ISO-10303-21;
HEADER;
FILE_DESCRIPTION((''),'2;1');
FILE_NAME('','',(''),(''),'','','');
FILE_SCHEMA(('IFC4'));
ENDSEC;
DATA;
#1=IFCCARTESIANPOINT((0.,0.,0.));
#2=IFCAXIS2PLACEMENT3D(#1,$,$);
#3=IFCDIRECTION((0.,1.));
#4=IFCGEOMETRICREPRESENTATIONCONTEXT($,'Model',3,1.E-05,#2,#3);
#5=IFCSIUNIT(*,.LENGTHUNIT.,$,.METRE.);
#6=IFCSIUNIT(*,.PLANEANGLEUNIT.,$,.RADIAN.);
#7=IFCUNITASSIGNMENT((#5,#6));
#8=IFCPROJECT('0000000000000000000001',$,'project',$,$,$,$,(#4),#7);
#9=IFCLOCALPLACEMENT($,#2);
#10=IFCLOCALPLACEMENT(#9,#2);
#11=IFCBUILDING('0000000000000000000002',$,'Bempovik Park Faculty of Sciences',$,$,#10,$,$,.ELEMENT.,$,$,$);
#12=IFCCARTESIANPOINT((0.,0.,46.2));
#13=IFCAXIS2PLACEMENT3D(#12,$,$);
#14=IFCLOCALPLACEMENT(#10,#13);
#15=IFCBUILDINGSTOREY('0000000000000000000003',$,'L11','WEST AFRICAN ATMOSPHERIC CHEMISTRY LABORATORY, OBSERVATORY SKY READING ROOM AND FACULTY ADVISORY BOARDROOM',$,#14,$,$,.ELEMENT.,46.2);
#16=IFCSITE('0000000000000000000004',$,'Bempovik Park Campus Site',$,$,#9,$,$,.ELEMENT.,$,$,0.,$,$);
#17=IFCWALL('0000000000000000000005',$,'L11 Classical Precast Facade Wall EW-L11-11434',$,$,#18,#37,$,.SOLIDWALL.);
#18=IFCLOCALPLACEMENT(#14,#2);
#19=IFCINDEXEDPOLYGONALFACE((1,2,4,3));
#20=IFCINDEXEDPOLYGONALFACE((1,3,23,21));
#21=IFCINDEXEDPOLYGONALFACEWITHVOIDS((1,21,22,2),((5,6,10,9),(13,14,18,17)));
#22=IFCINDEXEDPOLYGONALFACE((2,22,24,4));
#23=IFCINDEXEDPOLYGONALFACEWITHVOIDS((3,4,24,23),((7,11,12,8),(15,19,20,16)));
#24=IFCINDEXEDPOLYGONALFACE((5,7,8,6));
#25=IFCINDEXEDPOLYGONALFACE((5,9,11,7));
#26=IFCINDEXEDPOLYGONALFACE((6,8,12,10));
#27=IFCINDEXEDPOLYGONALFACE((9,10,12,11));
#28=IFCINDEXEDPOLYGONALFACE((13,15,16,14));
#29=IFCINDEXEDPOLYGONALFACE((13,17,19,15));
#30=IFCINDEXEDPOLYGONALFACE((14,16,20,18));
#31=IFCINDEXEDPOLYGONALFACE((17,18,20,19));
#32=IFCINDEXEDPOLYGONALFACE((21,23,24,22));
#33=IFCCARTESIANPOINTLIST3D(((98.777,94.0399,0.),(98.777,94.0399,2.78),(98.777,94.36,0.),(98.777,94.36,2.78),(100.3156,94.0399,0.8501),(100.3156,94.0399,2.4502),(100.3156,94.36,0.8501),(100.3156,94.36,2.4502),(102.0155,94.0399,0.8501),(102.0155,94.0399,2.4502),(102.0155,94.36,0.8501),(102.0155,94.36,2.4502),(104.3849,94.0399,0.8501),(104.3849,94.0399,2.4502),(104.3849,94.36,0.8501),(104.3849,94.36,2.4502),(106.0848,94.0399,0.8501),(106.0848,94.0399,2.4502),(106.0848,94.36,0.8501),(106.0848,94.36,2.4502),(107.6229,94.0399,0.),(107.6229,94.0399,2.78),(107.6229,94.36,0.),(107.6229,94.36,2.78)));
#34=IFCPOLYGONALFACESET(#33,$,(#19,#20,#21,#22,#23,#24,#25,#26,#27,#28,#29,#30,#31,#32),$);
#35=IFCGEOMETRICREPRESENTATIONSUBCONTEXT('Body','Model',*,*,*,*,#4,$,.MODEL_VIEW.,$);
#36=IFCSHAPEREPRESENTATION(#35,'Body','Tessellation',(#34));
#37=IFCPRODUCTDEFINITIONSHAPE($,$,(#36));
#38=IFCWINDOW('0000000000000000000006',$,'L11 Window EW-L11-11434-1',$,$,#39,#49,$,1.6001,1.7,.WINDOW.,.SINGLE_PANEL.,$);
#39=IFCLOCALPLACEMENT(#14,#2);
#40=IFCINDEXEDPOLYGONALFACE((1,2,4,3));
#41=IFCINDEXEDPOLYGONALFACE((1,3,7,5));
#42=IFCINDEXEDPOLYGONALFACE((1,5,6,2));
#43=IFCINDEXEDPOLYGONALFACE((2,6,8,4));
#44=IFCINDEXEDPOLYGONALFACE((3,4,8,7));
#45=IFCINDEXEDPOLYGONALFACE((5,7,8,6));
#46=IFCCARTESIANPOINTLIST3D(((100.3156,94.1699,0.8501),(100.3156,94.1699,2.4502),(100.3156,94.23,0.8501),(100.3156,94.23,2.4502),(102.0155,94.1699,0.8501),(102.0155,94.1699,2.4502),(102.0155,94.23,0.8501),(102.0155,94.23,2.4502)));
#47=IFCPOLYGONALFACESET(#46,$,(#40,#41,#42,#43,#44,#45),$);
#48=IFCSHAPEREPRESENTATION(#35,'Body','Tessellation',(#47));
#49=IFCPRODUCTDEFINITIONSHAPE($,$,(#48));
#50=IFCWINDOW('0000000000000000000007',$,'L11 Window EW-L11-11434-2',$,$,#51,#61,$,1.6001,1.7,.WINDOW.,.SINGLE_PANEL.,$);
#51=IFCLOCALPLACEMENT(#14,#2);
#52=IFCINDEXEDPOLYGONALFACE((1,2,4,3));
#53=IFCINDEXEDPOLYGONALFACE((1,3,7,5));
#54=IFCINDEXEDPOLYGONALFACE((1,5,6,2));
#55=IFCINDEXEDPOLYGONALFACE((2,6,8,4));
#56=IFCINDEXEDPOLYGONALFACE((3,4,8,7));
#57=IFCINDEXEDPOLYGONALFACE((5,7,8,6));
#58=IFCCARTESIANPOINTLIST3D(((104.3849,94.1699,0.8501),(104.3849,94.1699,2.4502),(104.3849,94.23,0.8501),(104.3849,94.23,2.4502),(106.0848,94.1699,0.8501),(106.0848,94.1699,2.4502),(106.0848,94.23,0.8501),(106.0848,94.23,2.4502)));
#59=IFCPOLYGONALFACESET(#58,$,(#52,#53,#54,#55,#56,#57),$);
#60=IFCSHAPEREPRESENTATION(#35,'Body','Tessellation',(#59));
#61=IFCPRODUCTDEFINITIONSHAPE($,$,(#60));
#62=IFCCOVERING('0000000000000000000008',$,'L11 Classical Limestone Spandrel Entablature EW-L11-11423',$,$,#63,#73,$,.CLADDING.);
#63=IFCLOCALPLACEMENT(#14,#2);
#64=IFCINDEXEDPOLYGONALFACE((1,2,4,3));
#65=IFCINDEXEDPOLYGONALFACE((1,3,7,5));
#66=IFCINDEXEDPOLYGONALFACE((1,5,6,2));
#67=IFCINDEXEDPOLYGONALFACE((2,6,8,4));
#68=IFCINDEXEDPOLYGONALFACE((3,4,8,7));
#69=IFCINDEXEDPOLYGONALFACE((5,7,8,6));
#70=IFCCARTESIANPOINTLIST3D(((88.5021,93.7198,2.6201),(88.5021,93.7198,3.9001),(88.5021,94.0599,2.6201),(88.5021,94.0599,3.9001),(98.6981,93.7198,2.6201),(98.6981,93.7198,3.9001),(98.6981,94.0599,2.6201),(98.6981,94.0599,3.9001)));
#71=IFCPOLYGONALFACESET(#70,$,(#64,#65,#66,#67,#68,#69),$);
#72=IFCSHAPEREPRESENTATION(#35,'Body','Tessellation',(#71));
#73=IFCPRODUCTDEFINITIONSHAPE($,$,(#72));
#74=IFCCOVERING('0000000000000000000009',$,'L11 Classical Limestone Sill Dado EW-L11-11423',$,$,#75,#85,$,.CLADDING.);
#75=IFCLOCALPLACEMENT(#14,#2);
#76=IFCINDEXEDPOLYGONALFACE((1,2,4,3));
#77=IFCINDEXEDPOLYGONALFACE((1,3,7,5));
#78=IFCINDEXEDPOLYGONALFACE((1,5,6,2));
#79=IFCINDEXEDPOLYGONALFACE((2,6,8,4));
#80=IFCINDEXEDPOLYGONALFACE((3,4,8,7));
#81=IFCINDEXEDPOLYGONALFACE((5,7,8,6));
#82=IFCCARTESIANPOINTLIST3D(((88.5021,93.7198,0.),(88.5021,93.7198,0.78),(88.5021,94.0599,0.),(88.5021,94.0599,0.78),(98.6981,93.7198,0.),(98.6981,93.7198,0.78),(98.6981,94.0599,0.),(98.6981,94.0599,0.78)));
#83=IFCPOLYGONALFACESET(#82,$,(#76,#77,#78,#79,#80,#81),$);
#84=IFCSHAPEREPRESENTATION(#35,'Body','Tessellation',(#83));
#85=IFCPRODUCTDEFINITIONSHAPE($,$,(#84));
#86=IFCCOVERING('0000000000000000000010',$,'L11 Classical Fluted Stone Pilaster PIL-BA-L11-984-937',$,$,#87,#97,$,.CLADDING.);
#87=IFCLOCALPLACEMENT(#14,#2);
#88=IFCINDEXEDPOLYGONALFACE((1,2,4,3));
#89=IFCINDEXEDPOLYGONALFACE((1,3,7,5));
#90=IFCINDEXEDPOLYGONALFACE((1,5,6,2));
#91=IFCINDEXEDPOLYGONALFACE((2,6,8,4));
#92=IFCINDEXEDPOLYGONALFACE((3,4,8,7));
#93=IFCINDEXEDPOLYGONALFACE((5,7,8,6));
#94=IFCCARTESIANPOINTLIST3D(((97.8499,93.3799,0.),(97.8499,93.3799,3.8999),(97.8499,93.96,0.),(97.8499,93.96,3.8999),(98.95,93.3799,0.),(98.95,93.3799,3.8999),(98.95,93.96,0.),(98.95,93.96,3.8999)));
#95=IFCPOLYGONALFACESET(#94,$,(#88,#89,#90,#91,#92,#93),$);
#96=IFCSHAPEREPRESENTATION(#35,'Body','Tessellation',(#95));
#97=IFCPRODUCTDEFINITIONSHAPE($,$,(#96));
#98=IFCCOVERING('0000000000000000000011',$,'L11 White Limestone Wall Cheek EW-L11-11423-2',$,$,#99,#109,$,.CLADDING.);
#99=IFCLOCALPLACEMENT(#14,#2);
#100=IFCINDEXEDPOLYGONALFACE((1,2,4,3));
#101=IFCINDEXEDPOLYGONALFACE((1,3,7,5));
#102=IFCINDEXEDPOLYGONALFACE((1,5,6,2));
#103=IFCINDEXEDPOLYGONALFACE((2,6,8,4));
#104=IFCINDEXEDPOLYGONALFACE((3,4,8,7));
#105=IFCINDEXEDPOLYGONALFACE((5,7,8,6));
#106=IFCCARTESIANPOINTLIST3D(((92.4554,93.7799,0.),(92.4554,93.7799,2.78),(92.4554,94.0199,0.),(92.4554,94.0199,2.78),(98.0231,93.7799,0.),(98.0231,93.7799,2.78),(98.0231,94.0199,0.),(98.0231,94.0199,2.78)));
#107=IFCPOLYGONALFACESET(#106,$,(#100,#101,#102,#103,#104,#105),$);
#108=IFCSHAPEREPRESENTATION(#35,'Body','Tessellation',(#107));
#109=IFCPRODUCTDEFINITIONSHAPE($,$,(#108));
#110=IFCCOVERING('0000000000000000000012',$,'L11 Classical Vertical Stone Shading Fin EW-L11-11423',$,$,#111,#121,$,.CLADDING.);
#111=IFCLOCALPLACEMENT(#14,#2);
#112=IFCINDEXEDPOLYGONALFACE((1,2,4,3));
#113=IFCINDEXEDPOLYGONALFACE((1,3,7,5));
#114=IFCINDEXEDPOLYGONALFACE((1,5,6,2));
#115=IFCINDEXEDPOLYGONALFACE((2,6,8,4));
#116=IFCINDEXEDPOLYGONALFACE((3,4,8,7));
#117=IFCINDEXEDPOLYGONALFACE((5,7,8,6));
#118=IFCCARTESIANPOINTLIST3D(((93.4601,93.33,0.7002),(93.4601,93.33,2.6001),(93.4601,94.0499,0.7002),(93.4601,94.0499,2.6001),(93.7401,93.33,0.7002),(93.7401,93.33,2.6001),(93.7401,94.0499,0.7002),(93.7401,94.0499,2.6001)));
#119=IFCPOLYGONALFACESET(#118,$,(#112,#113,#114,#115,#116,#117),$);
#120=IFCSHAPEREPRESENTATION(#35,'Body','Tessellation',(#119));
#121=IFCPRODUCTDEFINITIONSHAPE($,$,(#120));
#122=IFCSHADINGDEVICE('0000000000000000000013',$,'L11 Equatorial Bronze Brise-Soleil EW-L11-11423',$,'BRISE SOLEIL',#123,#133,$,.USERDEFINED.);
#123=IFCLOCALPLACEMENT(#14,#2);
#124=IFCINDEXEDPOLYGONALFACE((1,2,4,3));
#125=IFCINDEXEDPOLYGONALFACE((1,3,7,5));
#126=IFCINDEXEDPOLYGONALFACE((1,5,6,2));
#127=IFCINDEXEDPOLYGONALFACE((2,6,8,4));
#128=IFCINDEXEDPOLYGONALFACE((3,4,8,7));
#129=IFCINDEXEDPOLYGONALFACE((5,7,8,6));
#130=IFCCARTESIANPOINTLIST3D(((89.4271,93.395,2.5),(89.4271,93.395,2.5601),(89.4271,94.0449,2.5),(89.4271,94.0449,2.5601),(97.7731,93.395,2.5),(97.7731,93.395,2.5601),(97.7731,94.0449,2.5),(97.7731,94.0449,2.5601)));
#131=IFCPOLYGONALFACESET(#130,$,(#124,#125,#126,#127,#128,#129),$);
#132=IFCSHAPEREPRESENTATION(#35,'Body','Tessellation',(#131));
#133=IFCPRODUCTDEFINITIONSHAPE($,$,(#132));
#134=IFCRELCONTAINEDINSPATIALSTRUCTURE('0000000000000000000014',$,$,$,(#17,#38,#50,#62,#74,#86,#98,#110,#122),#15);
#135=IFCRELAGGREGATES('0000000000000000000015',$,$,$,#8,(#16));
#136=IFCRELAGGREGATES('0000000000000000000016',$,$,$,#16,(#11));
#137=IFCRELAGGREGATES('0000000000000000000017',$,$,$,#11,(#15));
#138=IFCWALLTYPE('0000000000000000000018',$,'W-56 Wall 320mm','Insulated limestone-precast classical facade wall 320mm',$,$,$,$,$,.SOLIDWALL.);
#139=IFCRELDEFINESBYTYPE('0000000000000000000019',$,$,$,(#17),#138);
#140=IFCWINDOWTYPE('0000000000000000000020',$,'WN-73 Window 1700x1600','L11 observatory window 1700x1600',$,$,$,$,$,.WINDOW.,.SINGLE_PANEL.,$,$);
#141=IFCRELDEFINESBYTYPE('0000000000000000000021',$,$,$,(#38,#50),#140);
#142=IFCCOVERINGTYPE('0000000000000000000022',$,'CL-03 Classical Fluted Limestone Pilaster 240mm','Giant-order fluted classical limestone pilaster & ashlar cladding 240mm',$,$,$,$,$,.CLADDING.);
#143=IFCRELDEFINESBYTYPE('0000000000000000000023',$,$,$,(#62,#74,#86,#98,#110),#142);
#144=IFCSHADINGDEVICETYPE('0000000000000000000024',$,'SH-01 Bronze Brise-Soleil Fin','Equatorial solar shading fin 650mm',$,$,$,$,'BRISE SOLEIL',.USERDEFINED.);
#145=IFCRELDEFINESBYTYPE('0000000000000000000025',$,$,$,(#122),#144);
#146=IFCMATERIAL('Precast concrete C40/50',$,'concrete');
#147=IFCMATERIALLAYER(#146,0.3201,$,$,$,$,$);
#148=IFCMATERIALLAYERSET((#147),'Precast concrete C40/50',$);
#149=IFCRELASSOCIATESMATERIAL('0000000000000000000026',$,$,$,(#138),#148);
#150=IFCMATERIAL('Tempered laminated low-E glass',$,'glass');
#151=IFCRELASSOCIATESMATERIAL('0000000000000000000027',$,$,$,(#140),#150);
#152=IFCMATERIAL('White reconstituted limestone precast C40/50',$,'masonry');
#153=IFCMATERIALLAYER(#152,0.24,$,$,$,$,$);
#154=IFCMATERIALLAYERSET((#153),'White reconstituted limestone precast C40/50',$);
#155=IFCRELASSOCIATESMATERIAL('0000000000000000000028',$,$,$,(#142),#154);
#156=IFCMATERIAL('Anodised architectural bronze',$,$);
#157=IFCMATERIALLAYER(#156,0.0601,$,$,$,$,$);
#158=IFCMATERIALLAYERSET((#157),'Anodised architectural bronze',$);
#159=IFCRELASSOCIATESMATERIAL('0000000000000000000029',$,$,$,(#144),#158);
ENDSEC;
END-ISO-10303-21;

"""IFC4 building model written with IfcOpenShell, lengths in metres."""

from ifc_helpers import new_model, si_unit, direction, frame, frame_2d, origin, origin_2d, place, context, subcontext, project, spatial, rectangle, extrude, material, layer, layer_set, type_object, element, fill, save


model = new_model("IFC4")

# Units and contexts
model_context = context("Model", 3, precision=1e-05, world=origin(), true_north=direction((0.0, 1.0)))
body_context = subcontext(model_context, "Body", "Model", "MODEL_VIEW")
ifc_project = project(units=[si_unit("LENGTHUNIT", "METRE"), si_unit("PLANEANGLEUNIT", "RADIAN")], contexts=[model_context])

# Site, building, storey
site_placement = place(None, origin())
site = spatial("IfcSite", under=ifc_project, at=site_placement, Name="Bempovik Park Campus Site", CompositionType="ELEMENT", RefElevation=0.0)
building_placement = place(site_placement, origin())
building = spatial("IfcBuilding", under=site, at=building_placement, Name="Bempovik Park Faculty of Sciences", CompositionType="ELEMENT")
storey_placement = place(building_placement, frame((0.0, 0.0, 46.2)))
storey = spatial("IfcBuildingStorey", under=building, at=storey_placement, Name="L11", Description="WEST AFRICAN ATMOSPHERIC CHEMISTRY LABORATORY, OBSERVATORY SKY READING ROOM AND FACULTY ADVISORY BOARDROOM", CompositionType="ELEMENT", Elevation=46.2)

# Wall, openings, windows
ifc_material_1 = material(Name="Precast concrete C40/50", Category="concrete")
ifc_layer_1 = layer(ifc_material_1, 0.3201)
ifc_layer_set_1 = layer_set([ifc_layer_1], Name="Precast concrete C40/50")
wall_type_1 = type_object("IfcWallType", Name="W-56 Wall 320mm", Description="Insulated limestone-precast classical facade wall 320mm", PredefinedType="SOLIDWALL", material=ifc_layer_set_1)
wall_1_placement = place(storey_placement, frame((98.7771, 94.2, 0.0), z_axis=(0.0, 0.0, 1.0), x_axis=(1.0, 0.0, 0.0)))
wall_1 = element("IfcWall", 1, at=wall_1_placement, inside=storey, type_object=wall_type_1, Name="L11 Classical Precast Facade Wall EW-L11-11434", PredefinedType="SOLIDWALL", context=body_context, shape_type="SweptSolid", body=[
    extrude(rectangle(XDim=8.8459, YDim=0.3201, at=frame_2d((4.4229, 0.0))), origin(), (0.0, 0.0, 1.0), 2.78),
])
opening_1_placement = place(wall_1_placement, frame((1.5383, 0.0, 0.8501)))
opening_1 = element("IfcOpeningElement", 2, at=opening_1_placement, cuts=wall_1, PredefinedType="OPENING", context=body_context, shape_type="SweptSolid", body=[
    extrude(rectangle(XDim=1.7, YDim=1.6001, at=frame_2d((0.8501, 0.8))), frame((0.0, 0.1699, 0.0), z_axis=(0.0, -1.0, 0.0), x_axis=(1.0, 0.0, 0.0)), (0.0, 0.0, 1.0), 0.3401),
])
opening_2_placement = place(wall_1_placement, frame((5.6077, 0.0, 0.8501)))
opening_2 = element("IfcOpeningElement", 3, at=opening_2_placement, cuts=wall_1, PredefinedType="OPENING", context=body_context, shape_type="SweptSolid", body=[
    extrude(rectangle(XDim=1.7, YDim=1.6001, at=frame_2d((0.8501, 0.8))), frame((0.0, 0.1699, 0.0), z_axis=(0.0, -1.0, 0.0), x_axis=(1.0, 0.0, 0.0)), (0.0, 0.0, 1.0), 0.3401),
])
ifc_material_2 = material(Name="Tempered laminated low-E glass", Category="glass")
window_type = type_object("IfcWindowType", Name="WN-73 Window 1700x1600", Description="L11 observatory window 1700x1600", PartitioningType="SINGLE_PANEL", PredefinedType="WINDOW", material=ifc_material_2)
window_1_placement = place(opening_1_placement, origin())
window_1 = element("IfcWindow", 4, at=window_1_placement, inside=storey, type_object=window_type, Name="L11 Window EW-L11-11434-1", OverallHeight=1.6001, OverallWidth=1.7, PartitioningType="SINGLE_PANEL", PredefinedType="WINDOW", context=body_context, shape_type="SweptSolid", body=[
    extrude(rectangle(XDim=1.7, YDim=1.6001, at=frame_2d((0.8501, 0.8))), frame((0.0, 0.03, 0.0), z_axis=(0.0, -1.0, 0.0), x_axis=(1.0, 0.0, 0.0)), (0.0, 0.0, 1.0), 0.0601),
])
fill(opening_1, window_1)
window_2_placement = place(opening_2_placement, origin())
window_2 = element("IfcWindow", 5, at=window_2_placement, inside=storey, type_object=window_type, Name="L11 Window EW-L11-11434-2", OverallHeight=1.6001, OverallWidth=1.7, PartitioningType="SINGLE_PANEL", PredefinedType="WINDOW", context=body_context, shape_type="SweptSolid", body=[
    extrude(rectangle(XDim=1.7, YDim=1.6001, at=frame_2d((0.8501, 0.8))), frame((0.0, 0.03, 0.0), z_axis=(0.0, -1.0, 0.0), x_axis=(1.0, 0.0, 0.0)), (0.0, 0.0, 1.0), 0.0601),
])
fill(opening_2, window_2)

# Coverings
ifc_material_3 = material(Name="White reconstituted limestone precast C40/50", Category="masonry")
ifc_layer_2 = layer(ifc_material_3, 0.24)
ifc_layer_set_2 = layer_set([ifc_layer_2], Name="White reconstituted limestone precast C40/50")
covering_type = type_object("IfcCoveringType", Name="CL-03 Classical Fluted Limestone Pilaster 240mm", Description="Giant-order fluted classical limestone pilaster & ashlar cladding 240mm", PredefinedType="CLADDING", material=ifc_layer_set_2)
covering_1_placement = place(storey_placement, frame((93.6001, 93.8899, 2.6201), z_axis=(0.0, 0.0, 1.0), x_axis=(1.0, 0.0, 0.0)))
element("IfcCovering", 6, at=covering_1_placement, inside=storey, type_object=covering_type, Name="L11 Classical Limestone Spandrel Entablature EW-L11-11423", PredefinedType="CLADDING", context=body_context, shape_type="SweptSolid", body=[
    extrude(rectangle(XDim=10.196, YDim=0.3401, at=origin_2d()), origin(), (0.0, 0.0, 1.0), 1.28),
])
covering_2_placement = place(storey_placement, frame((93.6001, 93.8899, 0.0), z_axis=(0.0, 0.0, 1.0), x_axis=(1.0, 0.0, 0.0)))
element("IfcCovering", 7, at=covering_2_placement, inside=storey, type_object=covering_type, Name="L11 Classical Limestone Sill Dado EW-L11-11423", PredefinedType="CLADDING", context=body_context, shape_type="SweptSolid", body=[
    extrude(rectangle(XDim=10.196, YDim=0.3401, at=origin_2d()), origin(), (0.0, 0.0, 1.0), 0.78),
])
covering_3_placement = place(storey_placement, frame((98.3999, 93.6699, 0.0), z_axis=(0.0, 0.0, 1.0), x_axis=(1.0, 0.0, 0.0)))
element("IfcCovering", 8, at=covering_3_placement, inside=storey, type_object=covering_type, Name="L11 Classical Fluted Stone Pilaster PIL-BA-L11-984-937", PredefinedType="CLADDING", context=body_context, shape_type="SweptSolid", body=[
    extrude(rectangle(XDim=1.1001, YDim=0.5801, at=origin_2d()), origin(), (0.0, 0.0, 1.0), 3.8999),
])
covering_4_placement = place(storey_placement, frame((95.2393, 93.8999, 0.0), z_axis=(0.0, 0.0, 1.0), x_axis=(1.0, 0.0, 0.0)))
element("IfcCovering", 9, at=covering_4_placement, inside=storey, type_object=covering_type, Name="L11 White Limestone Wall Cheek EW-L11-11423-2", PredefinedType="CLADDING", context=body_context, shape_type="SweptSolid", body=[
    extrude(rectangle(XDim=5.5676, YDim=0.24, at=origin_2d()), origin(), (0.0, 0.0, 1.0), 2.78),
])
covering_5_placement = place(storey_placement, frame((93.6001, 93.6899, 0.7002), z_axis=(0.0, 0.0, 1.0), x_axis=(1.0, 0.0, 0.0)))
element("IfcCovering", 10, at=covering_5_placement, inside=storey, type_object=covering_type, Name="L11 Classical Vertical Stone Shading Fin EW-L11-11423", PredefinedType="CLADDING", context=body_context, shape_type="SweptSolid", body=[
    extrude(rectangle(XDim=0.28, YDim=0.72, at=origin_2d()), origin(), (0.0, 0.0, 1.0), 1.8999),
])

# Shading device
ifc_material_4 = material(Name="Anodised architectural bronze")
ifc_layer_3 = layer(ifc_material_4, 0.0601)
ifc_layer_set_3 = layer_set([ifc_layer_3], Name="Anodised architectural bronze")
shading_device_type = type_object("IfcShadingDeviceType", Name="SH-01 Bronze Brise-Soleil Fin", Description="Equatorial solar shading fin 650mm", ElementType="BRISE SOLEIL", PredefinedType="USERDEFINED", material=ifc_layer_set_3)
shading_device_placement = place(storey_placement, frame((93.6001, 93.72, 2.5), z_axis=(0.0, 0.0, 1.0), x_axis=(1.0, 0.0, 0.0)))
element("IfcShadingDevice", 11, at=shading_device_placement, inside=storey, type_object=shading_device_type, Name="L11 Equatorial Bronze Brise-Soleil EW-L11-11423", ObjectType="BRISE SOLEIL", PredefinedType="USERDEFINED", context=body_context, shape_type="SweptSolid", body=[
    extrude(rectangle(XDim=8.3459, YDim=0.6499, at=origin_2d()), origin(), (0.0, 0.0, 1.0), 0.0601),
])

save(model, "model.ifc")
